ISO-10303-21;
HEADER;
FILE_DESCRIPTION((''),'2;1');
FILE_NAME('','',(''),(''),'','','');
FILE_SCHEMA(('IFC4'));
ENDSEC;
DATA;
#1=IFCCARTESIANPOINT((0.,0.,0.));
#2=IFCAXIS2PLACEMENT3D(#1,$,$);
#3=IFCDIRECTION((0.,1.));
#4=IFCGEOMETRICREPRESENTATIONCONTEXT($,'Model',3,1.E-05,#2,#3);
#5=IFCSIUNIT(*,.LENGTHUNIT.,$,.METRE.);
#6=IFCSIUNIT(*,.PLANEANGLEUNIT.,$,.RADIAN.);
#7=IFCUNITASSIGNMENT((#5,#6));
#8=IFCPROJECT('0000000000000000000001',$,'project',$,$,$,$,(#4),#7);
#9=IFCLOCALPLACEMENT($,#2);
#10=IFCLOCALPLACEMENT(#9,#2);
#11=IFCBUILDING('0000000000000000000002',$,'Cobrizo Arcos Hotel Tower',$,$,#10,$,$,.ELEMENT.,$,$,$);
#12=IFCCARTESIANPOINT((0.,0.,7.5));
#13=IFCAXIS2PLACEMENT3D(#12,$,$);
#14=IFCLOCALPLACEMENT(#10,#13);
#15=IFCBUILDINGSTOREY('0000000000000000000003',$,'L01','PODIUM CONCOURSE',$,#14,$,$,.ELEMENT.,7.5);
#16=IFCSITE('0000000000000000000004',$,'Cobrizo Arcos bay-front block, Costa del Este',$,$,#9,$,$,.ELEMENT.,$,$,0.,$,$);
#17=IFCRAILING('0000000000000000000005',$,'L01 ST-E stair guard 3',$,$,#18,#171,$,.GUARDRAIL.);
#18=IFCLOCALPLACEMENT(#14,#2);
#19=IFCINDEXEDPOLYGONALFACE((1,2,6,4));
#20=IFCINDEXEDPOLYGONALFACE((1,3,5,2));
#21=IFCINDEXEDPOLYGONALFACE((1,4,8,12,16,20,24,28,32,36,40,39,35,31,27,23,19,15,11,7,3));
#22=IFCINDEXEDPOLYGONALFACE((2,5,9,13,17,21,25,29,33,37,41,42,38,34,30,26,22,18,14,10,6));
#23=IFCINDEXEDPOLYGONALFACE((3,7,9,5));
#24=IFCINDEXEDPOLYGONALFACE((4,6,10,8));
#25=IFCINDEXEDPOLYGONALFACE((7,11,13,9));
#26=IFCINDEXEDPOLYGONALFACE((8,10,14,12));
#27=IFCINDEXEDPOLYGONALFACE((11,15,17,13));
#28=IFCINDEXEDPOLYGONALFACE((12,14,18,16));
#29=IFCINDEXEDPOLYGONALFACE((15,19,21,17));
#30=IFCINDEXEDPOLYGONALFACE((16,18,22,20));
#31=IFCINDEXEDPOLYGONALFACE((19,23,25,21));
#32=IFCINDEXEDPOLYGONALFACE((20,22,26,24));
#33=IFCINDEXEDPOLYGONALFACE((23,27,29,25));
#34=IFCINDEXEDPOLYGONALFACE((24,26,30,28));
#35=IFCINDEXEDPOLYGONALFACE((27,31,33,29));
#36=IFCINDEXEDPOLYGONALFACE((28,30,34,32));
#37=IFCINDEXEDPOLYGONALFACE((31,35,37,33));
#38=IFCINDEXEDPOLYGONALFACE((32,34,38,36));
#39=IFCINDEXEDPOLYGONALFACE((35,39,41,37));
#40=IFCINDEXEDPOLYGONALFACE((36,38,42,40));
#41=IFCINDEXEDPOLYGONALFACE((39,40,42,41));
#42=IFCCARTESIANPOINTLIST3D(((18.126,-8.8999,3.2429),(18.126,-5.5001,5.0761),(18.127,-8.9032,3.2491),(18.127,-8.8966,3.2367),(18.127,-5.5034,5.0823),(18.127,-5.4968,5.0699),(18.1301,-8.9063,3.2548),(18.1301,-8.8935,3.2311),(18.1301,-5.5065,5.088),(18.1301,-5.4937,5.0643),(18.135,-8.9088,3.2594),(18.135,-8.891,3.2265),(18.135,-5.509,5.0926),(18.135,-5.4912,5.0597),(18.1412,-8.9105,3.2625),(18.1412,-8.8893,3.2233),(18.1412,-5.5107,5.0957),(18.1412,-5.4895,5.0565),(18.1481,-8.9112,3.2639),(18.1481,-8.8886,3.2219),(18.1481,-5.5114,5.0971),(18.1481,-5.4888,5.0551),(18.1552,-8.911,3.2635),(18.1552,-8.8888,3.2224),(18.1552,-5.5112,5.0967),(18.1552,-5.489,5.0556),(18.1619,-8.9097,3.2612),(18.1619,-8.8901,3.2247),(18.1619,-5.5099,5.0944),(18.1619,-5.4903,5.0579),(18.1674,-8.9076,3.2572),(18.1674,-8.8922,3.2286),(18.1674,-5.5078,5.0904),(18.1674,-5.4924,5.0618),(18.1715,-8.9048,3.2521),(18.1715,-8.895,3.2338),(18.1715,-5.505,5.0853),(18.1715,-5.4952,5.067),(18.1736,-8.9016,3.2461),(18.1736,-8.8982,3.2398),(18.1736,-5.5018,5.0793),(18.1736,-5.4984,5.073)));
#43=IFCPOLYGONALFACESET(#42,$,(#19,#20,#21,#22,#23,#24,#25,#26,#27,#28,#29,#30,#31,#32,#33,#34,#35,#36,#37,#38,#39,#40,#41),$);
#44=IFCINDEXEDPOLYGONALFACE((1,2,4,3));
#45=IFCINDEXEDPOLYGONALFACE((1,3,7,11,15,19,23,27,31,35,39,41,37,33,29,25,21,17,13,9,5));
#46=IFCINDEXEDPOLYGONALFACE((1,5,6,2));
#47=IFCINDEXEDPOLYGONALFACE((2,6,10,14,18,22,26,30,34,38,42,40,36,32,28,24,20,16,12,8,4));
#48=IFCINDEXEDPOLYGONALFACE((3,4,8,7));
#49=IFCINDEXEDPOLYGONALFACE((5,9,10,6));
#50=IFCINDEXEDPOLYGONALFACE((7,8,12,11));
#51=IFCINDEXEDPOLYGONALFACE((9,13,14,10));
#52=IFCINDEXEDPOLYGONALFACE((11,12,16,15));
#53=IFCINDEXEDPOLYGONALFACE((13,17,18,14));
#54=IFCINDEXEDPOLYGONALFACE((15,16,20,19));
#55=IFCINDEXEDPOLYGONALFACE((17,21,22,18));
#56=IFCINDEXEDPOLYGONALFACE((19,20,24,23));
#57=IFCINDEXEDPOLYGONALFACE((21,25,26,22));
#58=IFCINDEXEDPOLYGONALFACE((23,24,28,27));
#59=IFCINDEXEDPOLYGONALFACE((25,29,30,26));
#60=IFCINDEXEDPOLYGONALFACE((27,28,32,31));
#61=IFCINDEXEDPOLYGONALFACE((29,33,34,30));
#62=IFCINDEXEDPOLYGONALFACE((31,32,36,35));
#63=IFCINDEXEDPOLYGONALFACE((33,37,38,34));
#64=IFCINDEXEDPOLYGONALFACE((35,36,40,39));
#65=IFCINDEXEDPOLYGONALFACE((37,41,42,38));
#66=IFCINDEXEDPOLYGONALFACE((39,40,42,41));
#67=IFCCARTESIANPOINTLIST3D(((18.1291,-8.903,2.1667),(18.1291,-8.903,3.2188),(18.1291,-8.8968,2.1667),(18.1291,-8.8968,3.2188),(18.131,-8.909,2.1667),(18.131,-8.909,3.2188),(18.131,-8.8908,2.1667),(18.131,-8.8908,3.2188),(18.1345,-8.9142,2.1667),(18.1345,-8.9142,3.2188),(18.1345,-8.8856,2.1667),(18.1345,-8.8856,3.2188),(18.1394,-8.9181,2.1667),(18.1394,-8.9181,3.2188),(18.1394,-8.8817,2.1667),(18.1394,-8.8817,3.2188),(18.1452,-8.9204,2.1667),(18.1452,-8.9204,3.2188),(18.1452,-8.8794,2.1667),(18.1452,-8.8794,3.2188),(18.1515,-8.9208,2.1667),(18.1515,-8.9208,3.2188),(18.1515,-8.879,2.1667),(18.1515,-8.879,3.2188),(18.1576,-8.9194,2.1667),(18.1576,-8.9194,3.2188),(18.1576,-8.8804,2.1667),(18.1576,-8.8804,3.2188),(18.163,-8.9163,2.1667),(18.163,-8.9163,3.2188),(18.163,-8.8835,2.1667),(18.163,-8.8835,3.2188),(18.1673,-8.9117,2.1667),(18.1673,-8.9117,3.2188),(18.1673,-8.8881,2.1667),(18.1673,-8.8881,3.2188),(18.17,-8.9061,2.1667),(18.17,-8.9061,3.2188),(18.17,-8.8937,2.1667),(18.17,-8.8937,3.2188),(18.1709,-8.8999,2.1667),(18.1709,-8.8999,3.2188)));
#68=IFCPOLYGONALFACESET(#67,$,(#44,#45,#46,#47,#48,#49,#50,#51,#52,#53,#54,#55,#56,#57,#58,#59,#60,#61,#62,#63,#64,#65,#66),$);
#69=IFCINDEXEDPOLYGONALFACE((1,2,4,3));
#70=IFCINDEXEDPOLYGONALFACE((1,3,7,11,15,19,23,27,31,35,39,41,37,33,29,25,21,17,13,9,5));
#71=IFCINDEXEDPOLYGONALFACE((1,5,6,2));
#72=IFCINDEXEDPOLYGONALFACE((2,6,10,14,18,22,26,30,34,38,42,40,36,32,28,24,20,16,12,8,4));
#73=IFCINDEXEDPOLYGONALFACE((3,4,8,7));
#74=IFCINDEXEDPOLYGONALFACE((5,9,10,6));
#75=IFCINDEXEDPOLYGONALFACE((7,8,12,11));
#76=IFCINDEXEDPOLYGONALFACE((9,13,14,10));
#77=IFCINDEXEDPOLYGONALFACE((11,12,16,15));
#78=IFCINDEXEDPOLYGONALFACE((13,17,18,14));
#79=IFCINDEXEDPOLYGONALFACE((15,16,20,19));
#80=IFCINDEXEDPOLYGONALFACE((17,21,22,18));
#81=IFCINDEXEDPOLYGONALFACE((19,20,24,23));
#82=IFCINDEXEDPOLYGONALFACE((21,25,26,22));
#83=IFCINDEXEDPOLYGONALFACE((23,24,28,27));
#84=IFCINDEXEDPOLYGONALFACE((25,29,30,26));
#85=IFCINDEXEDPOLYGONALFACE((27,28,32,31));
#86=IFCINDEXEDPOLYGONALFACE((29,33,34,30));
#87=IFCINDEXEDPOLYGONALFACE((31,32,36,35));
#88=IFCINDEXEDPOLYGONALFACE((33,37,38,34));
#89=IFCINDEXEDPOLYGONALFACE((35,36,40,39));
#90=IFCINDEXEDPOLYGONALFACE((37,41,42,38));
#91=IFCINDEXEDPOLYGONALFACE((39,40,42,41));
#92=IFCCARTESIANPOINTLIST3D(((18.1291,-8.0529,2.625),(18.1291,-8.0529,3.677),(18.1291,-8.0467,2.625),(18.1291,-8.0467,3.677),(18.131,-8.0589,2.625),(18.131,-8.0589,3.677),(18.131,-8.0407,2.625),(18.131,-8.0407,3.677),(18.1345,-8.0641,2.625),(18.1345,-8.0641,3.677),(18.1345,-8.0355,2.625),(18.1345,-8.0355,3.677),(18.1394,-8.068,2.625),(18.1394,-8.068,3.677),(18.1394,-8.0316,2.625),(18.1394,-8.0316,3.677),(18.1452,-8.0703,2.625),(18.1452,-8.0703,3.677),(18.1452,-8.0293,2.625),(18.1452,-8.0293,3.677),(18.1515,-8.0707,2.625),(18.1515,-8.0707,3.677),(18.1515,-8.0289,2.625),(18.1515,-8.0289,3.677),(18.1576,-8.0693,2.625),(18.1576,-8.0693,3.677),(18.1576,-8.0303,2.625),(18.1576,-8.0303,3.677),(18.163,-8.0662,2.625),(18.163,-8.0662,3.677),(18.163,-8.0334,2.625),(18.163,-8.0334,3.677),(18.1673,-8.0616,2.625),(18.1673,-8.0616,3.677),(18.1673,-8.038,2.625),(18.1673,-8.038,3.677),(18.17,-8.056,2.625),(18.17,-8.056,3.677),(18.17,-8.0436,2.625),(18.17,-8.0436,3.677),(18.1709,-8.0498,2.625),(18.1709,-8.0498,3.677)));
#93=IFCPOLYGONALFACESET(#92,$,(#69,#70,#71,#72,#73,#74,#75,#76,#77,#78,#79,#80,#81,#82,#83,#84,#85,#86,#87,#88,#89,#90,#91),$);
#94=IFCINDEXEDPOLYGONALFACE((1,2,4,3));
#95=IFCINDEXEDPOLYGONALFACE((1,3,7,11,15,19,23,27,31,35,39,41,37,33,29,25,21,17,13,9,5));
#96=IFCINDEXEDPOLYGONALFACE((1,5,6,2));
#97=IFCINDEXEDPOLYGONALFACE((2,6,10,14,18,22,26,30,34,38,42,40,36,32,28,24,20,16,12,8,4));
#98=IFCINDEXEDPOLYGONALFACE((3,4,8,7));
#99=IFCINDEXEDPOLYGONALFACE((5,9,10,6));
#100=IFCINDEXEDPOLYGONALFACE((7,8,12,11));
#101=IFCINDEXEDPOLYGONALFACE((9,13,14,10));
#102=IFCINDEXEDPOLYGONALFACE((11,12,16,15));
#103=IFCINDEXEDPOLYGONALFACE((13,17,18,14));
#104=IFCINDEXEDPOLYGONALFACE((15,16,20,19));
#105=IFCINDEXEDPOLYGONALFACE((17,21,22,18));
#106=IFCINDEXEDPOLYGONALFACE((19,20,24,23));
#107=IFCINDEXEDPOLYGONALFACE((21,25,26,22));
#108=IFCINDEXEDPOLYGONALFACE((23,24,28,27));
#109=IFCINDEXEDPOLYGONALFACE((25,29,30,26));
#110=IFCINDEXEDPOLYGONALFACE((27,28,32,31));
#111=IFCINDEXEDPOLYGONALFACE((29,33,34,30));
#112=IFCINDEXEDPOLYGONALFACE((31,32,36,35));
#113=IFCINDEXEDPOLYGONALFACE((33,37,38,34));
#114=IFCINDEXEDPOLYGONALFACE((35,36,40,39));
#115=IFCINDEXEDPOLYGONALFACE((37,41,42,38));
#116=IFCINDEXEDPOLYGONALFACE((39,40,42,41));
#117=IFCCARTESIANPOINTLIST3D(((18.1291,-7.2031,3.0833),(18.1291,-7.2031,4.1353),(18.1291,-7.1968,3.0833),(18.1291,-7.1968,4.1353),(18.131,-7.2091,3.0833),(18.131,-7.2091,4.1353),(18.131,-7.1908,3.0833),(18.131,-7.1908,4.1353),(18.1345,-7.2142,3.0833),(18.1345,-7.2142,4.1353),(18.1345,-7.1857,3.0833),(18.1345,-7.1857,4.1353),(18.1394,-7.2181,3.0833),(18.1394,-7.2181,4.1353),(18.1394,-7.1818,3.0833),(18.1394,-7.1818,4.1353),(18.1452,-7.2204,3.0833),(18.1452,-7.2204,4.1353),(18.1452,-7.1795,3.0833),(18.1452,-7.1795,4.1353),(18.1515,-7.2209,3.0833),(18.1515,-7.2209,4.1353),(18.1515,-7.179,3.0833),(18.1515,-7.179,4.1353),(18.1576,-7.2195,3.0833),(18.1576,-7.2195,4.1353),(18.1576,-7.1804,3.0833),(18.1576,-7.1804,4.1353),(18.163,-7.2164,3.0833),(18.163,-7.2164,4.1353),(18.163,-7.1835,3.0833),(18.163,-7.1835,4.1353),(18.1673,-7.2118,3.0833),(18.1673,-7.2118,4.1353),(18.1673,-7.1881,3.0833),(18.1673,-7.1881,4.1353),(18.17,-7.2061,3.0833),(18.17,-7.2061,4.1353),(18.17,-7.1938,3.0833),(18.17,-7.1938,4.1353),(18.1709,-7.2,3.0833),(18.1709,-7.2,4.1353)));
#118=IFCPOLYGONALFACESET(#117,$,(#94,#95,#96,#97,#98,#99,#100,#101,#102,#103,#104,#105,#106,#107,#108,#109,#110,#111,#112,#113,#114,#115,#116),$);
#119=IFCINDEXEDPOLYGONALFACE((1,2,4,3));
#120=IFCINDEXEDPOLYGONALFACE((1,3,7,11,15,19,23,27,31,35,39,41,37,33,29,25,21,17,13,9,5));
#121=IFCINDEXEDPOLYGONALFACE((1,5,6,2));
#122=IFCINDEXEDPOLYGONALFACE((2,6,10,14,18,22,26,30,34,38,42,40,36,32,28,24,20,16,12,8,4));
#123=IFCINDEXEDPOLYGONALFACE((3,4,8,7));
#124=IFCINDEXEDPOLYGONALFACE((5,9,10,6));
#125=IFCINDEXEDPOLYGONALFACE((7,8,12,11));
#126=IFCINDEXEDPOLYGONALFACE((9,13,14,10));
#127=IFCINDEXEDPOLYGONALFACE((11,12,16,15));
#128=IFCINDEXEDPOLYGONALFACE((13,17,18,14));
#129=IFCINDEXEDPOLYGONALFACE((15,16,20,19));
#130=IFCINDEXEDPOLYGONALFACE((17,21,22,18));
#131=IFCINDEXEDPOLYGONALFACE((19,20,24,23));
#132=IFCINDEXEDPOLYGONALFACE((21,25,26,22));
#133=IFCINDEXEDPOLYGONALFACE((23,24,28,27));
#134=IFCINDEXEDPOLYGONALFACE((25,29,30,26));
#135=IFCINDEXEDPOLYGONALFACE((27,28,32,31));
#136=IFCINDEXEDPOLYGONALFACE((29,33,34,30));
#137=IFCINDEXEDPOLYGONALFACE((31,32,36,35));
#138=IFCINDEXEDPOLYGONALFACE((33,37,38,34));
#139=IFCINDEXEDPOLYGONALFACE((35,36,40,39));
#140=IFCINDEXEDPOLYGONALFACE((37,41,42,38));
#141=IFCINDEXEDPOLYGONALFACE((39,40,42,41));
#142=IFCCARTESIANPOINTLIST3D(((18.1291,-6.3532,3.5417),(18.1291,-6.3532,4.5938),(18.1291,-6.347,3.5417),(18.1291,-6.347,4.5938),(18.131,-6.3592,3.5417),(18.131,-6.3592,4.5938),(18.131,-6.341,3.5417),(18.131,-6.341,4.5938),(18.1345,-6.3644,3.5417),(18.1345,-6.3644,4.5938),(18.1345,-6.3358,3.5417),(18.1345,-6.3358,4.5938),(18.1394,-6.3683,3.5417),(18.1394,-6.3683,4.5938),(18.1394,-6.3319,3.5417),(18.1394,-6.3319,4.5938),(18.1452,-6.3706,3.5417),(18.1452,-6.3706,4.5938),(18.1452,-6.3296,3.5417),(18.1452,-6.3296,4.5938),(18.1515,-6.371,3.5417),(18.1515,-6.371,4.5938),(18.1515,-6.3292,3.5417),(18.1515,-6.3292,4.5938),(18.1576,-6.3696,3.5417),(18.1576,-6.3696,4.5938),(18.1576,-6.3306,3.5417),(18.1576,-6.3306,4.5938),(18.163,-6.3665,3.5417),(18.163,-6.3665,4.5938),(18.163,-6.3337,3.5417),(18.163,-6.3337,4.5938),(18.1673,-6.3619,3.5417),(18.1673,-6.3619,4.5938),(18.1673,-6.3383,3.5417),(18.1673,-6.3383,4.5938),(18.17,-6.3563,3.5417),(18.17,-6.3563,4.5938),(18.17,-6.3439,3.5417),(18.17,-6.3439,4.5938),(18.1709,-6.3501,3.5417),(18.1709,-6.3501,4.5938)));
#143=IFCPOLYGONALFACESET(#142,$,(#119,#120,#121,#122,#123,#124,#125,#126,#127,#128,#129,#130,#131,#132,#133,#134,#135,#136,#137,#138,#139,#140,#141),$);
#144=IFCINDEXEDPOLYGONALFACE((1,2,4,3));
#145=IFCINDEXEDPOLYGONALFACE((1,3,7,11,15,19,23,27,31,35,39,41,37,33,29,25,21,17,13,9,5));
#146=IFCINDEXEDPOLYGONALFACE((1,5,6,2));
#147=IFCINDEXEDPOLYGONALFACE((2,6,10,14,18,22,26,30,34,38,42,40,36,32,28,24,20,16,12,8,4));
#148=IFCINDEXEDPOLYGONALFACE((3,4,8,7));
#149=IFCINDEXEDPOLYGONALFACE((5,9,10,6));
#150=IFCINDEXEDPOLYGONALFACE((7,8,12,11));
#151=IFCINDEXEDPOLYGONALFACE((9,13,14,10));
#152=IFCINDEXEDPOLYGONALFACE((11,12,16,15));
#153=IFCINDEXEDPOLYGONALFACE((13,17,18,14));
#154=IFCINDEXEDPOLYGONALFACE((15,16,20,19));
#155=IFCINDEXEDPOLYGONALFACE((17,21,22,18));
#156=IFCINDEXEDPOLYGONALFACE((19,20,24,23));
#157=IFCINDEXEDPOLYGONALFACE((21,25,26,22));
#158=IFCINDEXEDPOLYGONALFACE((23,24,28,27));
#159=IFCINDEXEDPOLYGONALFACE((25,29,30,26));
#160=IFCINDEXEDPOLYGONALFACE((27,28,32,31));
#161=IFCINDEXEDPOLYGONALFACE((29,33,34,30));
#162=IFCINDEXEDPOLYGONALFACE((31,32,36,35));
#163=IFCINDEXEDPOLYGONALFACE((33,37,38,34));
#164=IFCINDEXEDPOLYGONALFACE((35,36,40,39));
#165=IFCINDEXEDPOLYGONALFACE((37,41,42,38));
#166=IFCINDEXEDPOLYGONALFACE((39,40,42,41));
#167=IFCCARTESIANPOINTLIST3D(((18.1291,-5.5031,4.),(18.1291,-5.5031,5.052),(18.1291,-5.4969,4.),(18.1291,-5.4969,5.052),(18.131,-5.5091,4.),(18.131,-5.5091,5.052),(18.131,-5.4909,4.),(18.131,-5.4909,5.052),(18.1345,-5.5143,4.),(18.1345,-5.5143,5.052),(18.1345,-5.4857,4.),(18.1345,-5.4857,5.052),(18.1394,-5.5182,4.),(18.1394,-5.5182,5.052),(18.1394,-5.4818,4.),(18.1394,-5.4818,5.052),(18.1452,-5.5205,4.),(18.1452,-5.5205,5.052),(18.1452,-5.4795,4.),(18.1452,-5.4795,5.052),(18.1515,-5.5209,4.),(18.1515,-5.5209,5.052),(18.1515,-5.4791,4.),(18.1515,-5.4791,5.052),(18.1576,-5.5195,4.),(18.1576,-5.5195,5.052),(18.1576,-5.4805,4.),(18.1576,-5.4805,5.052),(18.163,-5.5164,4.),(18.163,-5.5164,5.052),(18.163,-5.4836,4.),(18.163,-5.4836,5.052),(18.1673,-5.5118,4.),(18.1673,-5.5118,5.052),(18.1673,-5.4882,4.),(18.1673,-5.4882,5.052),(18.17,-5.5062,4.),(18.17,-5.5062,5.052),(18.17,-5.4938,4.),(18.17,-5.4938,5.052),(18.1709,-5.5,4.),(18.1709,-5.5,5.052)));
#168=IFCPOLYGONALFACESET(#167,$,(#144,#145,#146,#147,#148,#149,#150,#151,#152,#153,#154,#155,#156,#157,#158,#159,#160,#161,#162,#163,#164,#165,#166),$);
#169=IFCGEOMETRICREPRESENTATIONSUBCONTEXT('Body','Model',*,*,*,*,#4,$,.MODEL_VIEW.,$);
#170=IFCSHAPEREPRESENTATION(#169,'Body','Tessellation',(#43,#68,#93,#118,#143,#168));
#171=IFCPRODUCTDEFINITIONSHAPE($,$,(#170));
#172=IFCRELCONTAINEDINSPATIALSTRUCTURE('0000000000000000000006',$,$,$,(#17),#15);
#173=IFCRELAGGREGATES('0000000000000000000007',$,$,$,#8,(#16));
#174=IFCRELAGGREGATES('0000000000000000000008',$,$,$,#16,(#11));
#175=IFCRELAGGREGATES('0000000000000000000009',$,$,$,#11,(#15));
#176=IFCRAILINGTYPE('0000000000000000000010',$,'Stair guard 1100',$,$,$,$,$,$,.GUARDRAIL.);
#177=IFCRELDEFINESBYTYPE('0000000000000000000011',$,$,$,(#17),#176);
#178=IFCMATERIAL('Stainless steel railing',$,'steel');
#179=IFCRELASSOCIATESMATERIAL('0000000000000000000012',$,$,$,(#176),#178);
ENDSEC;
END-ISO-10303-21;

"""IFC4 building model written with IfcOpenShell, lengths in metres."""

from ifc_helpers import new_model, si_unit, direction, frame, origin, origin_2d, place, context, subcontext, project, spatial, circle, extrude, material, type_object, element, save


model = new_model("IFC4")

# Units and contexts
model_context = context("Model", 3, precision=1e-05, world=origin(), true_north=direction((0.0, 1.0)))
body_context = subcontext(model_context, "Body", "Model", "MODEL_VIEW")
ifc_project = project(units=[si_unit("LENGTHUNIT", "METRE"), si_unit("PLANEANGLEUNIT", "RADIAN")], contexts=[model_context])

# Site, building, storey
site_placement = place(None, origin())
site = spatial("IfcSite", under=ifc_project, at=site_placement, Name="Cobrizo Arcos bay-front block, Costa del Este", CompositionType="ELEMENT", RefElevation=0.0)
building_placement = place(site_placement, origin())
building = spatial("IfcBuilding", under=site, at=building_placement, Name="Cobrizo Arcos Hotel Tower", CompositionType="ELEMENT")
storey_placement = place(building_placement, frame((0.0, 0.0, 7.5)))
storey = spatial("IfcBuildingStorey", under=building, at=storey_placement, Name="L01", Description="PODIUM CONCOURSE", CompositionType="ELEMENT", Elevation=7.5)

# Railing
ifc_material_1 = material(Name="Stainless steel railing", Category="steel")
railing_type_1 = type_object("IfcRailingType", Name="Stair guard 1100", PredefinedType="GUARDRAIL", material=ifc_material_1)
railing_1_placement = place(storey_placement, frame((18.1499, -8.8999, 2.1667)))
element("IfcRailing", 1, at=railing_1_placement, inside=storey, type_object=railing_type_1, Name="L01 ST-E stair guard 3", PredefinedType="GUARDRAIL", context=body_context, shape_type="SweptSolid", body=[
    extrude(circle(Radius=0.0239, at=origin_2d()), frame((0.0, 0.0, 1.0762), z_axis=(0.0, 0.880197, 0.474609), x_axis=(-1.0, 0.0, 0.0)), (0.0, 0.0, 1.0), 3.8625),
    extrude(circle(Radius=0.021, at=origin_2d()), origin(), (0.0, 0.0, 1.0), 1.052),
    extrude(circle(Radius=0.021, at=origin_2d()), frame((0.0, 0.8501, 0.4583)), (0.0, 0.0, 1.0), 1.052),
    extrude(circle(Radius=0.021, at=origin_2d()), frame((0.0, 1.7, 0.9165)), (0.0, 0.0, 1.0), 1.052),
    extrude(circle(Radius=0.021, at=origin_2d()), frame((0.0, 2.5498, 1.375)), (0.0, 0.0, 1.0), 1.052),
    extrude(circle(Radius=0.021, at=origin_2d()), frame((0.0, 3.3999, 1.8333)), (0.0, 0.0, 1.0), 1.052),
])

save(model, "model.ifc")
